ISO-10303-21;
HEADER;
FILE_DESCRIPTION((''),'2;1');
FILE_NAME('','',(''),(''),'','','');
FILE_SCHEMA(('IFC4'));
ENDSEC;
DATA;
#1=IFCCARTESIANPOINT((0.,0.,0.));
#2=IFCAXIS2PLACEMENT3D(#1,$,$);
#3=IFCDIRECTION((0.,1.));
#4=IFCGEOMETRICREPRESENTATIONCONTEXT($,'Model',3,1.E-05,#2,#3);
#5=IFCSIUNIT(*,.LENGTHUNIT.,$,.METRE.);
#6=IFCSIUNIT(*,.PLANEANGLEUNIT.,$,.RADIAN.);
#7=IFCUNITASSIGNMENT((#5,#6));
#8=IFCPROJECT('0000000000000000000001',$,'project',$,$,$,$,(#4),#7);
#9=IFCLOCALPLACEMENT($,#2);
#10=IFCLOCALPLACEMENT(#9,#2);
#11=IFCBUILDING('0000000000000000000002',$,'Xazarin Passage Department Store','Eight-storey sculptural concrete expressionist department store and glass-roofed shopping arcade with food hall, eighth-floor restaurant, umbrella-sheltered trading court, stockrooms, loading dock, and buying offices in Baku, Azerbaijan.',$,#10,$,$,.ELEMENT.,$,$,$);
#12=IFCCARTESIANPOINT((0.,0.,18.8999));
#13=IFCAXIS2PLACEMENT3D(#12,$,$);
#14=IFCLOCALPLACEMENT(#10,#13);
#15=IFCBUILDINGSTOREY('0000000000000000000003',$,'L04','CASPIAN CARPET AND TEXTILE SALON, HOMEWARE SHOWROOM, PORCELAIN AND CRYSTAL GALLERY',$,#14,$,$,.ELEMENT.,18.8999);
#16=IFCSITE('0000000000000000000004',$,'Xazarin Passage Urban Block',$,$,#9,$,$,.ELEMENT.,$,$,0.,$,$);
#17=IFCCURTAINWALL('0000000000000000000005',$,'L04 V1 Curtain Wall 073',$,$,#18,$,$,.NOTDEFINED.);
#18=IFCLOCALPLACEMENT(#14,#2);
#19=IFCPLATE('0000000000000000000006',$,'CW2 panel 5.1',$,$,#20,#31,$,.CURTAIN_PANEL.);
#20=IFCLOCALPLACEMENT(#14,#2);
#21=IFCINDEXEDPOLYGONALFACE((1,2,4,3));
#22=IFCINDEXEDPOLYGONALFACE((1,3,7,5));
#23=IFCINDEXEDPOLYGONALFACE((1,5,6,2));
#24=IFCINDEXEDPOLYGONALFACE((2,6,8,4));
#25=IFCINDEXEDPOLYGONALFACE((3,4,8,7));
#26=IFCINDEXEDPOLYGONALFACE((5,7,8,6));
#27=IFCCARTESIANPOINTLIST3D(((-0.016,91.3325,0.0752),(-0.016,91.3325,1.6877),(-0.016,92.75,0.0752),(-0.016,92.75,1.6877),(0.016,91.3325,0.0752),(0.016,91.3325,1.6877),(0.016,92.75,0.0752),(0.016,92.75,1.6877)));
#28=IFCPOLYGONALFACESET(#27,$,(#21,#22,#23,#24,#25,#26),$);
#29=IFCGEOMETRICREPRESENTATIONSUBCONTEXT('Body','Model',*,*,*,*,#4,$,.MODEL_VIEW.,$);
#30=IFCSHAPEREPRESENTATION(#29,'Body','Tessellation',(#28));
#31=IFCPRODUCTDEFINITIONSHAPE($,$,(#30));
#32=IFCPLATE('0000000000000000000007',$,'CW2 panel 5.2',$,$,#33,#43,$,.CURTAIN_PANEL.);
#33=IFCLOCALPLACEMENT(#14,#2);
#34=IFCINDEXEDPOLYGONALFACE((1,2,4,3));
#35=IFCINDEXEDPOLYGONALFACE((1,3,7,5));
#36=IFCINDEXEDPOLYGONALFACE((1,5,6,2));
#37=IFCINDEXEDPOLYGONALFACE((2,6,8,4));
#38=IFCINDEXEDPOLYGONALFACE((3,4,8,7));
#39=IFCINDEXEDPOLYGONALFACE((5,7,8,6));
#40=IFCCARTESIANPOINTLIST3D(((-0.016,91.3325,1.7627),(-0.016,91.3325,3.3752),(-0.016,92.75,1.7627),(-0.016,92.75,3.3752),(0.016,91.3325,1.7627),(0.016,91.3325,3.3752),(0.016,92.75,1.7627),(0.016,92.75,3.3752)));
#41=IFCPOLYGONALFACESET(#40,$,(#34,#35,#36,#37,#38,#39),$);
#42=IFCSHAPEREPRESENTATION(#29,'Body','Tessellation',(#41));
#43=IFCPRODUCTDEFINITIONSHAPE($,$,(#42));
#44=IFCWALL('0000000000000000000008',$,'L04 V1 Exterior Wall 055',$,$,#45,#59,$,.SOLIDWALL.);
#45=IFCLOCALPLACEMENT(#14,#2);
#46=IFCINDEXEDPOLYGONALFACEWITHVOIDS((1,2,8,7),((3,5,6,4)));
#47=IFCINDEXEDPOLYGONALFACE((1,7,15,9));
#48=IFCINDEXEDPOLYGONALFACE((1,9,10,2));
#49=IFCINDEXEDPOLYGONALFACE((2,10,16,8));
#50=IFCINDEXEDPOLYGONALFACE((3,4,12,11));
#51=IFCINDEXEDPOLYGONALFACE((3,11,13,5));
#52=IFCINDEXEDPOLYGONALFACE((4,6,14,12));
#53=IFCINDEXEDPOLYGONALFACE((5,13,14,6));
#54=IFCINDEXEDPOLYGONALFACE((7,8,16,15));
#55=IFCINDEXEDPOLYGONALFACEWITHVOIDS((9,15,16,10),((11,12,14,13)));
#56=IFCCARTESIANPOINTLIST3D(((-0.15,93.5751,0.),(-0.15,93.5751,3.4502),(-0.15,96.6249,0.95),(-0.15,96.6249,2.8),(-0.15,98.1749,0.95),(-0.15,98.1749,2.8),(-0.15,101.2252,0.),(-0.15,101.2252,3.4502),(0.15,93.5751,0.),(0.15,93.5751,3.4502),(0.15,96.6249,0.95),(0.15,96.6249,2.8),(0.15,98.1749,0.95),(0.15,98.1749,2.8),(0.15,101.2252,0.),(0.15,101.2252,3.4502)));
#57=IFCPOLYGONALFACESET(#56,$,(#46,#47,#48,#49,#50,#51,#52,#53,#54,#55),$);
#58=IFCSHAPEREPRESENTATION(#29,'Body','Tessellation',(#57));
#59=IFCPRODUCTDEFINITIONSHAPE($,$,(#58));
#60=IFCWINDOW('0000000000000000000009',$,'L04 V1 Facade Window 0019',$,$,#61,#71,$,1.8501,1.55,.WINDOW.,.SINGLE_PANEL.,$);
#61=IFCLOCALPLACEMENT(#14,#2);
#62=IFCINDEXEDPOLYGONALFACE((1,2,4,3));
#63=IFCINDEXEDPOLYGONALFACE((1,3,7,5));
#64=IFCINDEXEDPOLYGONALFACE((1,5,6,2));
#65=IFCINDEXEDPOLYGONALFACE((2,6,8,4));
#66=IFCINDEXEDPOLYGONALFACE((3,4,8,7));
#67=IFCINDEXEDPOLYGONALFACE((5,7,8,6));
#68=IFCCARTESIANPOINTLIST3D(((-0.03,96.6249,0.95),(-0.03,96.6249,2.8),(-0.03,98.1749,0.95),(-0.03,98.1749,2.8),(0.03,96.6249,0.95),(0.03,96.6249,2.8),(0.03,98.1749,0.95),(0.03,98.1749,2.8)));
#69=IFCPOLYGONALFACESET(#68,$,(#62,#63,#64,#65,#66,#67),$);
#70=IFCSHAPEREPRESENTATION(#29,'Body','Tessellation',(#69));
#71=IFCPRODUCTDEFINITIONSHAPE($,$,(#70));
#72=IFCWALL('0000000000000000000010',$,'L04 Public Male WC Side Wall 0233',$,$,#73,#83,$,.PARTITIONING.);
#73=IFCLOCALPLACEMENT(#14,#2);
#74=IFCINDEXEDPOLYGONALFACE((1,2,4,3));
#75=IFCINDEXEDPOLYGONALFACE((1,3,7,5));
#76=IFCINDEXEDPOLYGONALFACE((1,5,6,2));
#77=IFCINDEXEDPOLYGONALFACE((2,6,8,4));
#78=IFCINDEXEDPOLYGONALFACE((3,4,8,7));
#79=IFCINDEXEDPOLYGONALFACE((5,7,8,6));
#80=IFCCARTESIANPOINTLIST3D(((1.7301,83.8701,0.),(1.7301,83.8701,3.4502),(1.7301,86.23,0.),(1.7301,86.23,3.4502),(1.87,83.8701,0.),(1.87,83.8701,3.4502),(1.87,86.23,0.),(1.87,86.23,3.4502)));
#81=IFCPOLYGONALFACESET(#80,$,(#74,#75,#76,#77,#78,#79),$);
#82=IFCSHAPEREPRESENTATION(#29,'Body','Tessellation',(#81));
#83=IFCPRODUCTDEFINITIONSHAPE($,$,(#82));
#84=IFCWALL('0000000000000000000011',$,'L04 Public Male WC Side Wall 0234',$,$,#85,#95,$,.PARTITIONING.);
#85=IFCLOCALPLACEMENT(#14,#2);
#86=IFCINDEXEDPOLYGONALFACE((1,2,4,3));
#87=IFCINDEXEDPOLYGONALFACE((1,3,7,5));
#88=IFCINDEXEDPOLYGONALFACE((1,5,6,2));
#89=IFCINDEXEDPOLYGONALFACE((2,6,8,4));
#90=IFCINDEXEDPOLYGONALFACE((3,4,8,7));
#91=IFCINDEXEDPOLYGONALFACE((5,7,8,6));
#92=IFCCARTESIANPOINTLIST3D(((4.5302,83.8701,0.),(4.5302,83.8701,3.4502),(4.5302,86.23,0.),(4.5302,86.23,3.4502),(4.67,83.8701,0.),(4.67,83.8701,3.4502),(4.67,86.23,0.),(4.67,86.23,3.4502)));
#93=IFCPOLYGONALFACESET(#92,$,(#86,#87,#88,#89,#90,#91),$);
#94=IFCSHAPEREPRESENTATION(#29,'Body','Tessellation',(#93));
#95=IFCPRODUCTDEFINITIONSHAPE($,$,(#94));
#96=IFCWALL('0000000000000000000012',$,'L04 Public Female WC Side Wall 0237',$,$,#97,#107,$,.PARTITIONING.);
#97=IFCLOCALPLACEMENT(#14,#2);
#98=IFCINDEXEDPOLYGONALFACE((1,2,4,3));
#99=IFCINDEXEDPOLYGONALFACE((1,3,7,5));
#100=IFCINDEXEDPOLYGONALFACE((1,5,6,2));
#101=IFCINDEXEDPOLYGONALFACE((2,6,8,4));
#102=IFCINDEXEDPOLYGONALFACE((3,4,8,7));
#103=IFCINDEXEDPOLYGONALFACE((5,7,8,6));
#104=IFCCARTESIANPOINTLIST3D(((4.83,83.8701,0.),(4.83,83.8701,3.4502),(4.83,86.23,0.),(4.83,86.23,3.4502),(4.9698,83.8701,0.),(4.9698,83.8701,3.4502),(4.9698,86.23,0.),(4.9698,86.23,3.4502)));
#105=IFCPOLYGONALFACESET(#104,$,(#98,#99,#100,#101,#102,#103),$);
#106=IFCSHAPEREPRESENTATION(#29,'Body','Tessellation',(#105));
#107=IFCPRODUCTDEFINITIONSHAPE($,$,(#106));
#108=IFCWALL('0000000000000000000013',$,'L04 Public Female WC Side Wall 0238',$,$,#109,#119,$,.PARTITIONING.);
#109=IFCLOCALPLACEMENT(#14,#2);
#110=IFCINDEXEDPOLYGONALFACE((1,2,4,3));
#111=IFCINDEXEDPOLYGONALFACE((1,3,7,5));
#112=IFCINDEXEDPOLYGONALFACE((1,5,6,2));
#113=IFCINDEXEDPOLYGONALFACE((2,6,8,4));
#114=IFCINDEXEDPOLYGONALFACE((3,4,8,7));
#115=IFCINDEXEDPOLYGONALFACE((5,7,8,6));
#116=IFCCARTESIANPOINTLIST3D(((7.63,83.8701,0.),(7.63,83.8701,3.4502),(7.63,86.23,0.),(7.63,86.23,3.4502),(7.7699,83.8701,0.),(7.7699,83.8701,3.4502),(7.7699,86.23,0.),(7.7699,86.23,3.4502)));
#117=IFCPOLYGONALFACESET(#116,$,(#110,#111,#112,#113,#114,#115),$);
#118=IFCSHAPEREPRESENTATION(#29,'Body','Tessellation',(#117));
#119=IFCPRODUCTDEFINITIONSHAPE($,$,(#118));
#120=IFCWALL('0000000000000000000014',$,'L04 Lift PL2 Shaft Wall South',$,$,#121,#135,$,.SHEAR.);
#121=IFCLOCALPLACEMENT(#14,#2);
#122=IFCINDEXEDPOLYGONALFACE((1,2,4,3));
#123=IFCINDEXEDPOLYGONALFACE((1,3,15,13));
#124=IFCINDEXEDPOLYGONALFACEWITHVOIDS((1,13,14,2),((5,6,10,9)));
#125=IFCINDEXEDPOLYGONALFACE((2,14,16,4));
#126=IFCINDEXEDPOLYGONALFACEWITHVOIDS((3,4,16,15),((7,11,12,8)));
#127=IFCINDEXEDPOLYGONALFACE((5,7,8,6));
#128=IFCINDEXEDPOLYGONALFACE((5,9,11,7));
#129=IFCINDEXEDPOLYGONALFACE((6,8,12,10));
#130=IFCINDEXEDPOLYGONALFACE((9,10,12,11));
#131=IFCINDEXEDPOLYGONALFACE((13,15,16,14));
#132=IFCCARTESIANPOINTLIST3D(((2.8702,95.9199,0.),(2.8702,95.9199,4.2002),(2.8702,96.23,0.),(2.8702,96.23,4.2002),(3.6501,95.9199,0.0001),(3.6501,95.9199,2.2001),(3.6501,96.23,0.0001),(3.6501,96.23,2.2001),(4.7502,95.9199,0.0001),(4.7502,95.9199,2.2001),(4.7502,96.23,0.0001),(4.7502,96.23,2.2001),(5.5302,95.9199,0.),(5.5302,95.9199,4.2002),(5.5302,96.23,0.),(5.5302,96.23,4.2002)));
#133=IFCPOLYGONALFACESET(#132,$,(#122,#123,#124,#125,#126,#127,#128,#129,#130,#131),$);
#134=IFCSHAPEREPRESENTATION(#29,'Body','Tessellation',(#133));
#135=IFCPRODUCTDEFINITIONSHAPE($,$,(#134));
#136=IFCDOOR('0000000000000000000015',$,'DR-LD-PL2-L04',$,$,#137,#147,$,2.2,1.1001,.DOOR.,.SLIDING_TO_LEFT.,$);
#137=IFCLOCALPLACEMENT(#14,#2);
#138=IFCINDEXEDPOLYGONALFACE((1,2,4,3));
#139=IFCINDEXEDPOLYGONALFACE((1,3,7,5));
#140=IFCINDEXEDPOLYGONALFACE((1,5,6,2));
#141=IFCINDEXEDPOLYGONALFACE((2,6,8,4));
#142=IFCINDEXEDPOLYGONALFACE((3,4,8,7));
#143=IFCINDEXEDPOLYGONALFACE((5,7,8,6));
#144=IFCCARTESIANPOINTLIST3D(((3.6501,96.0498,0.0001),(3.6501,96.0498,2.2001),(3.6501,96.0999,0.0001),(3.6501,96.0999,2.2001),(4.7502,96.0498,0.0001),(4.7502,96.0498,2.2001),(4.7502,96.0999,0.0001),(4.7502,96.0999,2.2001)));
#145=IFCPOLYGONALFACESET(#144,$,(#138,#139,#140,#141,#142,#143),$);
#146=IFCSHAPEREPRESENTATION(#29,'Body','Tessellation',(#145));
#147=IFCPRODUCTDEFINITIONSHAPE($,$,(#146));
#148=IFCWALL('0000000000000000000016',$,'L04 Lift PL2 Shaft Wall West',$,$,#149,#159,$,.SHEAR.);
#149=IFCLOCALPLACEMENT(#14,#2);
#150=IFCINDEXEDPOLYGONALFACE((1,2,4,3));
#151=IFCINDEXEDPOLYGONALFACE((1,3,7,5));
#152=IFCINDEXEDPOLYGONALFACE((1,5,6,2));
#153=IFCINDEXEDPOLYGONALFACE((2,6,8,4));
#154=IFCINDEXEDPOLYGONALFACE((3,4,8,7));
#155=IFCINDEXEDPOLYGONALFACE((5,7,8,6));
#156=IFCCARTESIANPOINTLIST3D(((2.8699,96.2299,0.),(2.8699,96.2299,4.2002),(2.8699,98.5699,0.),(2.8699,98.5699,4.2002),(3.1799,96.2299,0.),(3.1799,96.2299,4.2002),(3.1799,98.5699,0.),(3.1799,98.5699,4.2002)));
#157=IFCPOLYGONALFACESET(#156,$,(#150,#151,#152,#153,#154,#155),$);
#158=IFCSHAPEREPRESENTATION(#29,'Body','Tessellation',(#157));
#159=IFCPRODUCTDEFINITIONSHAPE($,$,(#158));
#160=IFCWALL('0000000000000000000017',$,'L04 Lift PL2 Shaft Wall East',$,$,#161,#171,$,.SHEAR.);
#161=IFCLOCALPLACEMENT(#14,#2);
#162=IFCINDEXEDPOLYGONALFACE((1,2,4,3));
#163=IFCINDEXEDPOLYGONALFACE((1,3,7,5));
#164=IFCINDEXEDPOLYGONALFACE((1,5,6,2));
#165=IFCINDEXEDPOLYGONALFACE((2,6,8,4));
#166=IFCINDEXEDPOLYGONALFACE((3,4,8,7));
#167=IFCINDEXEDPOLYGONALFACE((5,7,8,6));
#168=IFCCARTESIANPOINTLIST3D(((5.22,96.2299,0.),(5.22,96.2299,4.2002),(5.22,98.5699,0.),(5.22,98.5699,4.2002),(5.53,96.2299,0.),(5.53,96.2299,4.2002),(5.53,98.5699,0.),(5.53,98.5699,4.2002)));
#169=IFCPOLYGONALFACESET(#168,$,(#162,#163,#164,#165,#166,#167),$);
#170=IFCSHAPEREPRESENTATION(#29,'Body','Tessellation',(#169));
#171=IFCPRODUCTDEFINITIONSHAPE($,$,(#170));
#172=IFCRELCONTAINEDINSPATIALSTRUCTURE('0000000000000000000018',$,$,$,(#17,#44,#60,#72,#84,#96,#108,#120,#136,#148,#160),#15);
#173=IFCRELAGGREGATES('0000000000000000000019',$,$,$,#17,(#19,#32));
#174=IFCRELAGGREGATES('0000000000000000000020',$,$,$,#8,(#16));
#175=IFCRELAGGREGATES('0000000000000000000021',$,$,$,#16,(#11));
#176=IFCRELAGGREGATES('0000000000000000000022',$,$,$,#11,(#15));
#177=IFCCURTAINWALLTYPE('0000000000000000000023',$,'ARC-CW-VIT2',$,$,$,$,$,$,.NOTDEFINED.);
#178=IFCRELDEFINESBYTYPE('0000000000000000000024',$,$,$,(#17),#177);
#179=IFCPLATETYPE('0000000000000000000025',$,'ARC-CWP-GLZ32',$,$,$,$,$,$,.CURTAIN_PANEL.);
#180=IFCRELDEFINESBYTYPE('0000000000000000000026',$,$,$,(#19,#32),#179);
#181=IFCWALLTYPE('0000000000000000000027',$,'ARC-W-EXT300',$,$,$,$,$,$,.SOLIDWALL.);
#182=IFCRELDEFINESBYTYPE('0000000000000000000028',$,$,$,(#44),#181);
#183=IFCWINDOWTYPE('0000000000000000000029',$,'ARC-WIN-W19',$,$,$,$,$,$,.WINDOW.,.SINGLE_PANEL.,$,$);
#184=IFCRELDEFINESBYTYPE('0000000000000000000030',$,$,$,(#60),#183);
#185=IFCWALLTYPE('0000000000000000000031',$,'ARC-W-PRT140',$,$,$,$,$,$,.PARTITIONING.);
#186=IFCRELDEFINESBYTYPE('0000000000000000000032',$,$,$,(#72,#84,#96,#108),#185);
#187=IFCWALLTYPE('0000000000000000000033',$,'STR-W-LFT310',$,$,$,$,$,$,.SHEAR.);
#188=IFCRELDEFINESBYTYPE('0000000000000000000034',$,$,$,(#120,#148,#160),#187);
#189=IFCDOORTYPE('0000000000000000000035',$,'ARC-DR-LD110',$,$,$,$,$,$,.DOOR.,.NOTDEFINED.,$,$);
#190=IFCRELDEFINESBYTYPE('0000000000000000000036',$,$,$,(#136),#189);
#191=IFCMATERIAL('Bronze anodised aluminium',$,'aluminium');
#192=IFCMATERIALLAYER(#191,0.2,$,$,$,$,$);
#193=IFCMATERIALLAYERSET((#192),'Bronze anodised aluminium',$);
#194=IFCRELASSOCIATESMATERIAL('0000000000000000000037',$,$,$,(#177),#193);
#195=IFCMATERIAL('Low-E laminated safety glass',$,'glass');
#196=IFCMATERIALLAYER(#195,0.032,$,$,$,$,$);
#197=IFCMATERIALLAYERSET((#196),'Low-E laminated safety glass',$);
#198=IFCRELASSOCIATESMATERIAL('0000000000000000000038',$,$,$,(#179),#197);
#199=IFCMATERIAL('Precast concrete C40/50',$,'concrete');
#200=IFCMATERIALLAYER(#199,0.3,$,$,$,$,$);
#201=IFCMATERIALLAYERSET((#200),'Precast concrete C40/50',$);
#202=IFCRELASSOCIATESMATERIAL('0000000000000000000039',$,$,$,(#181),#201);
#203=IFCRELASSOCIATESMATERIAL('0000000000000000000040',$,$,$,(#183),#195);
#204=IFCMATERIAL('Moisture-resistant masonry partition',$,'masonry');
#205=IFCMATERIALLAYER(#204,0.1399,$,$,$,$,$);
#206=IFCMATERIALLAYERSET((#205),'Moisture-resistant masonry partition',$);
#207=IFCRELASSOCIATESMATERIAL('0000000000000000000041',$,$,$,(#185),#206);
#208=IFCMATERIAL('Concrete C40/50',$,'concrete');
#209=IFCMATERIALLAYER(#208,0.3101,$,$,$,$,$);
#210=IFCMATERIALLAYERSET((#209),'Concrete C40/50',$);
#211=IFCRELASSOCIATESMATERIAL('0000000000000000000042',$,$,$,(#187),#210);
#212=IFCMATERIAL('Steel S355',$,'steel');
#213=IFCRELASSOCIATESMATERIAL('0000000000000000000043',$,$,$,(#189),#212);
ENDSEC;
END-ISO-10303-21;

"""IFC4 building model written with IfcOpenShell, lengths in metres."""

from ifc_helpers import new_model, si_unit, direction, frame, frame_2d, origin, origin_2d, place, context, subcontext, project, spatial, rectangle, extrude, material, layer, layer_set, type_object, element, fill, aggregate, save


model = new_model("IFC4")

# Units and contexts
model_context = context("Model", 3, precision=1e-05, world=origin(), true_north=direction((0.0, 1.0)))
body_context = subcontext(model_context, "Body", "Model", "MODEL_VIEW")
ifc_project = project(units=[si_unit("LENGTHUNIT", "METRE"), si_unit("PLANEANGLEUNIT", "RADIAN")], contexts=[model_context])

# Site, building, storey
site_placement = place(None, origin())
site = spatial("IfcSite", under=ifc_project, at=site_placement, Name="Xazarin Passage Urban Block", CompositionType="ELEMENT", RefElevation=0.0)
building_placement = place(site_placement, origin())
building = spatial("IfcBuilding", under=site, at=building_placement, Name="Xazarin Passage Department Store", Description="Eight-storey sculptural concrete expressionist department store and glass-roofed shopping arcade with food hall, eighth-floor restaurant, umbrella-sheltered trading court, stockrooms, loading dock, and buying offices in Baku, Azerbaijan.", CompositionType="ELEMENT")
storey_placement = place(building_placement, frame((0.0, 0.0, 18.8999)))
storey = spatial("IfcBuildingStorey", under=building, at=storey_placement, Name="L04", Description="CASPIAN CARPET AND TEXTILE SALON, HOMEWARE SHOWROOM, PORCELAIN AND CRYSTAL GALLERY", CompositionType="ELEMENT", Elevation=18.8999)

# Shared definitions
ifc_material_1 = material(Name="Concrete C40/50", Category="concrete")

# Curtain wall
ifc_material_2 = material(Name="Bronze anodised aluminium", Category="aluminium")
ifc_layer_1 = layer(ifc_material_2, 0.2)
ifc_layer_set_1 = layer_set([ifc_layer_1], Name="Bronze anodised aluminium")
curtain_wall_type = type_object("IfcCurtainWallType", Name="ARC-CW-VIT2", PredefinedType="NOTDEFINED", material=ifc_layer_set_1)
curtain_wall_placement = place(storey_placement, origin())
curtain_wall = element("IfcCurtainWall", 1, at=curtain_wall_placement, inside=storey, type_object=curtain_wall_type, Name="L04 V1 Curtain Wall 073", PredefinedType="NOTDEFINED")

# Plates
ifc_material_3 = material(Name="Low-E laminated safety glass", Category="glass")
ifc_layer_2 = layer(ifc_material_3, 0.032)
ifc_layer_set_2 = layer_set([ifc_layer_2], Name="Low-E laminated safety glass")
plate_type = type_object("IfcPlateType", Name="ARC-CWP-GLZ32", PredefinedType="CURTAIN_PANEL", material=ifc_layer_set_2)
plate_1_placement = place(storey_placement, frame((0.0, 92.0413, 0.0752), z_axis=(0.0, 0.0, 1.0), x_axis=(0.0, 1.0, 0.0)))
plate_1 = element("IfcPlate", 2, at=plate_1_placement, type_object=plate_type, Name="CW2 panel 5.1", PredefinedType="CURTAIN_PANEL", context=body_context, shape_type="SweptSolid", body=[
    extrude(rectangle(XDim=1.4175, YDim=0.032, at=origin_2d()), origin(), (0.0, 0.0, 1.0), 1.6125),
])
plate_2_placement = place(storey_placement, frame((0.0, 92.0413, 1.7627), z_axis=(0.0, 0.0, 1.0), x_axis=(0.0, 1.0, 0.0)))
plate_2 = element("IfcPlate", 3, at=plate_2_placement, type_object=plate_type, Name="CW2 panel 5.2", PredefinedType="CURTAIN_PANEL", context=body_context, shape_type="SweptSolid", body=[
    extrude(rectangle(XDim=1.4175, YDim=0.032, at=origin_2d()), origin(), (0.0, 0.0, 1.0), 1.6125),
])
aggregate(curtain_wall, [plate_1, plate_2])

# Wall, opening, window
ifc_material_4 = material(Name="Precast concrete C40/50", Category="concrete")
ifc_layer_3 = layer(ifc_material_4, 0.3)
ifc_layer_set_3 = layer_set([ifc_layer_3], Name="Precast concrete C40/50")
wall_type_1 = type_object("IfcWallType", Name="ARC-W-EXT300", PredefinedType="SOLIDWALL", material=ifc_layer_set_3)
wall_1_placement = place(storey_placement, frame((0.0, 93.575, 0.0), z_axis=(0.0, 0.0, 1.0), x_axis=(0.0, 1.0, 0.0)))
wall_1 = element("IfcWall", 4, at=wall_1_placement, inside=storey, type_object=wall_type_1, Name="L04 V1 Exterior Wall 055", PredefinedType="SOLIDWALL", context=body_context, shape_type="SweptSolid", body=[
    extrude(rectangle(XDim=7.6501, YDim=0.3, at=frame_2d((3.8252, 0.0))), origin(), (0.0, 0.0, 1.0), 3.4502),
])
opening_1_placement = place(wall_1_placement, frame((3.05, 0.0, 0.95)))
opening_1 = element("IfcOpeningElement", 5, at=opening_1_placement, cuts=wall_1, PredefinedType="OPENING", context=body_context, shape_type="SweptSolid", body=[
    extrude(rectangle(XDim=1.55, YDim=1.8501, at=frame_2d((0.7749, 0.925))), frame((0.0, 0.1599, 0.0), z_axis=(0.0, -1.0, 0.0), x_axis=(1.0, 0.0, 0.0)), (0.0, 0.0, 1.0), 0.3201),
])
window_type = type_object("IfcWindowType", Name="ARC-WIN-W19", PartitioningType="SINGLE_PANEL", PredefinedType="WINDOW", material=ifc_material_3)
window_placement = place(opening_1_placement, origin())
window = element("IfcWindow", 6, at=window_placement, inside=storey, type_object=window_type, Name="L04 V1 Facade Window 0019", OverallHeight=1.8501, OverallWidth=1.55, PartitioningType="SINGLE_PANEL", PredefinedType="WINDOW", context=body_context, shape_type="SweptSolid", body=[
    extrude(rectangle(XDim=1.55, YDim=1.8501, at=frame_2d((0.7749, 0.925))), frame((0.0, 0.03, 0.0), z_axis=(0.0, -1.0, 0.0), x_axis=(1.0, 0.0, 0.0)), (0.0, 0.0, 1.0), 0.0601),
])
fill(opening_1, window)

# Shared definitions
ifc_material_5 = material(Name="Moisture-resistant masonry partition", Category="masonry")
ifc_layer_4 = layer(ifc_material_5, 0.1399)
ifc_layer_set_4 = layer_set([ifc_layer_4], Name="Moisture-resistant masonry partition")
wall_type_2 = type_object("IfcWallType", Name="ARC-W-PRT140", PredefinedType="PARTITIONING", material=ifc_layer_set_4)

# Walls
for number, where, z_axis, x_axis, name in (
    (7, (1.8, 83.8701, 0.0), (0.0, 0.0, 1.0), (0.0, 1.0, 0.0), "L04 Public Male WC Side Wall 0233"),
    (8, (4.6001, 83.8701, 0.0), (0.0, 0.0, 1.0), (0.0, 1.0, 0.0), "L04 Public Male WC Side Wall 0234"),
):
    element("IfcWall", number, at=place(storey_placement, frame(where, z_axis=z_axis, x_axis=x_axis)), inside=storey, type_object=wall_type_2, Name=name, PredefinedType="PARTITIONING", context=body_context, shape_type="SweptSolid", body=[
        extrude(rectangle(XDim=2.3599, YDim=0.1399, at=frame_2d((1.1799, 0.0))), origin(), (0.0, 0.0, 1.0), 3.4502),
    ])

# Walls
for number, where, z_axis, x_axis, name in (
    (9, (4.8999, 83.8701, 0.0), (0.0, 0.0, 1.0), (0.0, 1.0, 0.0), "L04 Public Female WC Side Wall 0237"),
    (10, (7.7, 83.8701, 0.0), (0.0, 0.0, 1.0), (0.0, 1.0, 0.0), "L04 Public Female WC Side Wall 0238"),
):
    element("IfcWall", number, at=place(storey_placement, frame(where, z_axis=z_axis, x_axis=x_axis)), inside=storey, type_object=wall_type_2, Name=name, PredefinedType="PARTITIONING", context=body_context, shape_type="SweptSolid", body=[
        extrude(rectangle(XDim=2.3599, YDim=0.1399, at=frame_2d((1.1799, 0.0))), origin(), (0.0, 0.0, 1.0), 3.4502),
    ])

# Wall, opening, door
ifc_layer_5 = layer(ifc_material_1, 0.3101)
ifc_layer_set_5 = layer_set([ifc_layer_5], Name="Concrete C40/50")
wall_type_3 = type_object("IfcWallType", Name="STR-W-LFT310", PredefinedType="SHEAR", material=ifc_layer_set_5)
wall_2_placement = place(storey_placement, frame((2.8701, 96.075, 0.0), z_axis=(0.0, 0.0, 1.0), x_axis=(1.0, 0.0, 0.0)))
wall_2 = element("IfcWall", 11, at=wall_2_placement, inside=storey, type_object=wall_type_3, Name="L04 Lift PL2 Shaft Wall South", PredefinedType="SHEAR", context=body_context, shape_type="SweptSolid", body=[
    extrude(rectangle(XDim=2.6599, YDim=0.3101, at=frame_2d((1.3301, 0.0))), origin(), (0.0, 0.0, 1.0), 4.2002),
])
opening_2_placement = place(wall_2_placement, frame((0.78, 0.0, 0.0)))
opening_2 = element("IfcOpeningElement", 12, at=opening_2_placement, cuts=wall_2, PredefinedType="OPENING", context=body_context, shape_type="SweptSolid", body=[
    extrude(rectangle(XDim=1.1001, YDim=2.2, at=frame_2d((0.55, 1.1001))), frame((0.0, 0.165, 0.0), z_axis=(0.0, -1.0, 0.0), x_axis=(1.0, 0.0, 0.0)), (0.0, 0.0, 1.0), 0.3301),
])
ifc_material_6 = material(Name="Steel S355", Category="steel")
door_type_1 = type_object("IfcDoorType", Name="ARC-DR-LD110", OperationType="NOTDEFINED", PredefinedType="DOOR", material=ifc_material_6)
door_1_placement = place(opening_2_placement, origin())
door_1 = element("IfcDoor", 13, at=door_1_placement, inside=storey, type_object=door_type_1, Name="DR-LD-PL2-L04", OperationType="SLIDING_TO_LEFT", OverallHeight=2.2, OverallWidth=1.1001, PredefinedType="DOOR", context=body_context, shape_type="SweptSolid", body=[
    extrude(rectangle(XDim=1.1001, YDim=2.2, at=frame_2d((0.55, 1.1001))), frame((0.0, 0.0249, 0.0), z_axis=(0.0, -1.0, 0.0), x_axis=(1.0, 0.0, 0.0)), (0.0, 0.0, 1.0), 0.05),
])
fill(opening_2, door_1)

# Walls
for number, where, z_axis, x_axis, name in (
    (14, (3.0249, 96.23, 0.0), (0.0, 0.0, 1.0), (0.0, 1.0, 0.0), "L04 Lift PL2 Shaft Wall West"),
    (15, (5.375, 96.23, 0.0), (0.0, 0.0, 1.0), (0.0, 1.0, 0.0), "L04 Lift PL2 Shaft Wall East"),
):
    element("IfcWall", number, at=place(storey_placement, frame(where, z_axis=z_axis, x_axis=x_axis)), inside=storey, type_object=wall_type_3, Name=name, PredefinedType="SHEAR", context=body_context, shape_type="SweptSolid", body=[
        extrude(rectangle(XDim=2.3401, YDim=0.3101, at=frame_2d((1.1699, 0.0))), origin(), (0.0, 0.0, 1.0), 4.2002),
    ])

save(model, "model.ifc")
